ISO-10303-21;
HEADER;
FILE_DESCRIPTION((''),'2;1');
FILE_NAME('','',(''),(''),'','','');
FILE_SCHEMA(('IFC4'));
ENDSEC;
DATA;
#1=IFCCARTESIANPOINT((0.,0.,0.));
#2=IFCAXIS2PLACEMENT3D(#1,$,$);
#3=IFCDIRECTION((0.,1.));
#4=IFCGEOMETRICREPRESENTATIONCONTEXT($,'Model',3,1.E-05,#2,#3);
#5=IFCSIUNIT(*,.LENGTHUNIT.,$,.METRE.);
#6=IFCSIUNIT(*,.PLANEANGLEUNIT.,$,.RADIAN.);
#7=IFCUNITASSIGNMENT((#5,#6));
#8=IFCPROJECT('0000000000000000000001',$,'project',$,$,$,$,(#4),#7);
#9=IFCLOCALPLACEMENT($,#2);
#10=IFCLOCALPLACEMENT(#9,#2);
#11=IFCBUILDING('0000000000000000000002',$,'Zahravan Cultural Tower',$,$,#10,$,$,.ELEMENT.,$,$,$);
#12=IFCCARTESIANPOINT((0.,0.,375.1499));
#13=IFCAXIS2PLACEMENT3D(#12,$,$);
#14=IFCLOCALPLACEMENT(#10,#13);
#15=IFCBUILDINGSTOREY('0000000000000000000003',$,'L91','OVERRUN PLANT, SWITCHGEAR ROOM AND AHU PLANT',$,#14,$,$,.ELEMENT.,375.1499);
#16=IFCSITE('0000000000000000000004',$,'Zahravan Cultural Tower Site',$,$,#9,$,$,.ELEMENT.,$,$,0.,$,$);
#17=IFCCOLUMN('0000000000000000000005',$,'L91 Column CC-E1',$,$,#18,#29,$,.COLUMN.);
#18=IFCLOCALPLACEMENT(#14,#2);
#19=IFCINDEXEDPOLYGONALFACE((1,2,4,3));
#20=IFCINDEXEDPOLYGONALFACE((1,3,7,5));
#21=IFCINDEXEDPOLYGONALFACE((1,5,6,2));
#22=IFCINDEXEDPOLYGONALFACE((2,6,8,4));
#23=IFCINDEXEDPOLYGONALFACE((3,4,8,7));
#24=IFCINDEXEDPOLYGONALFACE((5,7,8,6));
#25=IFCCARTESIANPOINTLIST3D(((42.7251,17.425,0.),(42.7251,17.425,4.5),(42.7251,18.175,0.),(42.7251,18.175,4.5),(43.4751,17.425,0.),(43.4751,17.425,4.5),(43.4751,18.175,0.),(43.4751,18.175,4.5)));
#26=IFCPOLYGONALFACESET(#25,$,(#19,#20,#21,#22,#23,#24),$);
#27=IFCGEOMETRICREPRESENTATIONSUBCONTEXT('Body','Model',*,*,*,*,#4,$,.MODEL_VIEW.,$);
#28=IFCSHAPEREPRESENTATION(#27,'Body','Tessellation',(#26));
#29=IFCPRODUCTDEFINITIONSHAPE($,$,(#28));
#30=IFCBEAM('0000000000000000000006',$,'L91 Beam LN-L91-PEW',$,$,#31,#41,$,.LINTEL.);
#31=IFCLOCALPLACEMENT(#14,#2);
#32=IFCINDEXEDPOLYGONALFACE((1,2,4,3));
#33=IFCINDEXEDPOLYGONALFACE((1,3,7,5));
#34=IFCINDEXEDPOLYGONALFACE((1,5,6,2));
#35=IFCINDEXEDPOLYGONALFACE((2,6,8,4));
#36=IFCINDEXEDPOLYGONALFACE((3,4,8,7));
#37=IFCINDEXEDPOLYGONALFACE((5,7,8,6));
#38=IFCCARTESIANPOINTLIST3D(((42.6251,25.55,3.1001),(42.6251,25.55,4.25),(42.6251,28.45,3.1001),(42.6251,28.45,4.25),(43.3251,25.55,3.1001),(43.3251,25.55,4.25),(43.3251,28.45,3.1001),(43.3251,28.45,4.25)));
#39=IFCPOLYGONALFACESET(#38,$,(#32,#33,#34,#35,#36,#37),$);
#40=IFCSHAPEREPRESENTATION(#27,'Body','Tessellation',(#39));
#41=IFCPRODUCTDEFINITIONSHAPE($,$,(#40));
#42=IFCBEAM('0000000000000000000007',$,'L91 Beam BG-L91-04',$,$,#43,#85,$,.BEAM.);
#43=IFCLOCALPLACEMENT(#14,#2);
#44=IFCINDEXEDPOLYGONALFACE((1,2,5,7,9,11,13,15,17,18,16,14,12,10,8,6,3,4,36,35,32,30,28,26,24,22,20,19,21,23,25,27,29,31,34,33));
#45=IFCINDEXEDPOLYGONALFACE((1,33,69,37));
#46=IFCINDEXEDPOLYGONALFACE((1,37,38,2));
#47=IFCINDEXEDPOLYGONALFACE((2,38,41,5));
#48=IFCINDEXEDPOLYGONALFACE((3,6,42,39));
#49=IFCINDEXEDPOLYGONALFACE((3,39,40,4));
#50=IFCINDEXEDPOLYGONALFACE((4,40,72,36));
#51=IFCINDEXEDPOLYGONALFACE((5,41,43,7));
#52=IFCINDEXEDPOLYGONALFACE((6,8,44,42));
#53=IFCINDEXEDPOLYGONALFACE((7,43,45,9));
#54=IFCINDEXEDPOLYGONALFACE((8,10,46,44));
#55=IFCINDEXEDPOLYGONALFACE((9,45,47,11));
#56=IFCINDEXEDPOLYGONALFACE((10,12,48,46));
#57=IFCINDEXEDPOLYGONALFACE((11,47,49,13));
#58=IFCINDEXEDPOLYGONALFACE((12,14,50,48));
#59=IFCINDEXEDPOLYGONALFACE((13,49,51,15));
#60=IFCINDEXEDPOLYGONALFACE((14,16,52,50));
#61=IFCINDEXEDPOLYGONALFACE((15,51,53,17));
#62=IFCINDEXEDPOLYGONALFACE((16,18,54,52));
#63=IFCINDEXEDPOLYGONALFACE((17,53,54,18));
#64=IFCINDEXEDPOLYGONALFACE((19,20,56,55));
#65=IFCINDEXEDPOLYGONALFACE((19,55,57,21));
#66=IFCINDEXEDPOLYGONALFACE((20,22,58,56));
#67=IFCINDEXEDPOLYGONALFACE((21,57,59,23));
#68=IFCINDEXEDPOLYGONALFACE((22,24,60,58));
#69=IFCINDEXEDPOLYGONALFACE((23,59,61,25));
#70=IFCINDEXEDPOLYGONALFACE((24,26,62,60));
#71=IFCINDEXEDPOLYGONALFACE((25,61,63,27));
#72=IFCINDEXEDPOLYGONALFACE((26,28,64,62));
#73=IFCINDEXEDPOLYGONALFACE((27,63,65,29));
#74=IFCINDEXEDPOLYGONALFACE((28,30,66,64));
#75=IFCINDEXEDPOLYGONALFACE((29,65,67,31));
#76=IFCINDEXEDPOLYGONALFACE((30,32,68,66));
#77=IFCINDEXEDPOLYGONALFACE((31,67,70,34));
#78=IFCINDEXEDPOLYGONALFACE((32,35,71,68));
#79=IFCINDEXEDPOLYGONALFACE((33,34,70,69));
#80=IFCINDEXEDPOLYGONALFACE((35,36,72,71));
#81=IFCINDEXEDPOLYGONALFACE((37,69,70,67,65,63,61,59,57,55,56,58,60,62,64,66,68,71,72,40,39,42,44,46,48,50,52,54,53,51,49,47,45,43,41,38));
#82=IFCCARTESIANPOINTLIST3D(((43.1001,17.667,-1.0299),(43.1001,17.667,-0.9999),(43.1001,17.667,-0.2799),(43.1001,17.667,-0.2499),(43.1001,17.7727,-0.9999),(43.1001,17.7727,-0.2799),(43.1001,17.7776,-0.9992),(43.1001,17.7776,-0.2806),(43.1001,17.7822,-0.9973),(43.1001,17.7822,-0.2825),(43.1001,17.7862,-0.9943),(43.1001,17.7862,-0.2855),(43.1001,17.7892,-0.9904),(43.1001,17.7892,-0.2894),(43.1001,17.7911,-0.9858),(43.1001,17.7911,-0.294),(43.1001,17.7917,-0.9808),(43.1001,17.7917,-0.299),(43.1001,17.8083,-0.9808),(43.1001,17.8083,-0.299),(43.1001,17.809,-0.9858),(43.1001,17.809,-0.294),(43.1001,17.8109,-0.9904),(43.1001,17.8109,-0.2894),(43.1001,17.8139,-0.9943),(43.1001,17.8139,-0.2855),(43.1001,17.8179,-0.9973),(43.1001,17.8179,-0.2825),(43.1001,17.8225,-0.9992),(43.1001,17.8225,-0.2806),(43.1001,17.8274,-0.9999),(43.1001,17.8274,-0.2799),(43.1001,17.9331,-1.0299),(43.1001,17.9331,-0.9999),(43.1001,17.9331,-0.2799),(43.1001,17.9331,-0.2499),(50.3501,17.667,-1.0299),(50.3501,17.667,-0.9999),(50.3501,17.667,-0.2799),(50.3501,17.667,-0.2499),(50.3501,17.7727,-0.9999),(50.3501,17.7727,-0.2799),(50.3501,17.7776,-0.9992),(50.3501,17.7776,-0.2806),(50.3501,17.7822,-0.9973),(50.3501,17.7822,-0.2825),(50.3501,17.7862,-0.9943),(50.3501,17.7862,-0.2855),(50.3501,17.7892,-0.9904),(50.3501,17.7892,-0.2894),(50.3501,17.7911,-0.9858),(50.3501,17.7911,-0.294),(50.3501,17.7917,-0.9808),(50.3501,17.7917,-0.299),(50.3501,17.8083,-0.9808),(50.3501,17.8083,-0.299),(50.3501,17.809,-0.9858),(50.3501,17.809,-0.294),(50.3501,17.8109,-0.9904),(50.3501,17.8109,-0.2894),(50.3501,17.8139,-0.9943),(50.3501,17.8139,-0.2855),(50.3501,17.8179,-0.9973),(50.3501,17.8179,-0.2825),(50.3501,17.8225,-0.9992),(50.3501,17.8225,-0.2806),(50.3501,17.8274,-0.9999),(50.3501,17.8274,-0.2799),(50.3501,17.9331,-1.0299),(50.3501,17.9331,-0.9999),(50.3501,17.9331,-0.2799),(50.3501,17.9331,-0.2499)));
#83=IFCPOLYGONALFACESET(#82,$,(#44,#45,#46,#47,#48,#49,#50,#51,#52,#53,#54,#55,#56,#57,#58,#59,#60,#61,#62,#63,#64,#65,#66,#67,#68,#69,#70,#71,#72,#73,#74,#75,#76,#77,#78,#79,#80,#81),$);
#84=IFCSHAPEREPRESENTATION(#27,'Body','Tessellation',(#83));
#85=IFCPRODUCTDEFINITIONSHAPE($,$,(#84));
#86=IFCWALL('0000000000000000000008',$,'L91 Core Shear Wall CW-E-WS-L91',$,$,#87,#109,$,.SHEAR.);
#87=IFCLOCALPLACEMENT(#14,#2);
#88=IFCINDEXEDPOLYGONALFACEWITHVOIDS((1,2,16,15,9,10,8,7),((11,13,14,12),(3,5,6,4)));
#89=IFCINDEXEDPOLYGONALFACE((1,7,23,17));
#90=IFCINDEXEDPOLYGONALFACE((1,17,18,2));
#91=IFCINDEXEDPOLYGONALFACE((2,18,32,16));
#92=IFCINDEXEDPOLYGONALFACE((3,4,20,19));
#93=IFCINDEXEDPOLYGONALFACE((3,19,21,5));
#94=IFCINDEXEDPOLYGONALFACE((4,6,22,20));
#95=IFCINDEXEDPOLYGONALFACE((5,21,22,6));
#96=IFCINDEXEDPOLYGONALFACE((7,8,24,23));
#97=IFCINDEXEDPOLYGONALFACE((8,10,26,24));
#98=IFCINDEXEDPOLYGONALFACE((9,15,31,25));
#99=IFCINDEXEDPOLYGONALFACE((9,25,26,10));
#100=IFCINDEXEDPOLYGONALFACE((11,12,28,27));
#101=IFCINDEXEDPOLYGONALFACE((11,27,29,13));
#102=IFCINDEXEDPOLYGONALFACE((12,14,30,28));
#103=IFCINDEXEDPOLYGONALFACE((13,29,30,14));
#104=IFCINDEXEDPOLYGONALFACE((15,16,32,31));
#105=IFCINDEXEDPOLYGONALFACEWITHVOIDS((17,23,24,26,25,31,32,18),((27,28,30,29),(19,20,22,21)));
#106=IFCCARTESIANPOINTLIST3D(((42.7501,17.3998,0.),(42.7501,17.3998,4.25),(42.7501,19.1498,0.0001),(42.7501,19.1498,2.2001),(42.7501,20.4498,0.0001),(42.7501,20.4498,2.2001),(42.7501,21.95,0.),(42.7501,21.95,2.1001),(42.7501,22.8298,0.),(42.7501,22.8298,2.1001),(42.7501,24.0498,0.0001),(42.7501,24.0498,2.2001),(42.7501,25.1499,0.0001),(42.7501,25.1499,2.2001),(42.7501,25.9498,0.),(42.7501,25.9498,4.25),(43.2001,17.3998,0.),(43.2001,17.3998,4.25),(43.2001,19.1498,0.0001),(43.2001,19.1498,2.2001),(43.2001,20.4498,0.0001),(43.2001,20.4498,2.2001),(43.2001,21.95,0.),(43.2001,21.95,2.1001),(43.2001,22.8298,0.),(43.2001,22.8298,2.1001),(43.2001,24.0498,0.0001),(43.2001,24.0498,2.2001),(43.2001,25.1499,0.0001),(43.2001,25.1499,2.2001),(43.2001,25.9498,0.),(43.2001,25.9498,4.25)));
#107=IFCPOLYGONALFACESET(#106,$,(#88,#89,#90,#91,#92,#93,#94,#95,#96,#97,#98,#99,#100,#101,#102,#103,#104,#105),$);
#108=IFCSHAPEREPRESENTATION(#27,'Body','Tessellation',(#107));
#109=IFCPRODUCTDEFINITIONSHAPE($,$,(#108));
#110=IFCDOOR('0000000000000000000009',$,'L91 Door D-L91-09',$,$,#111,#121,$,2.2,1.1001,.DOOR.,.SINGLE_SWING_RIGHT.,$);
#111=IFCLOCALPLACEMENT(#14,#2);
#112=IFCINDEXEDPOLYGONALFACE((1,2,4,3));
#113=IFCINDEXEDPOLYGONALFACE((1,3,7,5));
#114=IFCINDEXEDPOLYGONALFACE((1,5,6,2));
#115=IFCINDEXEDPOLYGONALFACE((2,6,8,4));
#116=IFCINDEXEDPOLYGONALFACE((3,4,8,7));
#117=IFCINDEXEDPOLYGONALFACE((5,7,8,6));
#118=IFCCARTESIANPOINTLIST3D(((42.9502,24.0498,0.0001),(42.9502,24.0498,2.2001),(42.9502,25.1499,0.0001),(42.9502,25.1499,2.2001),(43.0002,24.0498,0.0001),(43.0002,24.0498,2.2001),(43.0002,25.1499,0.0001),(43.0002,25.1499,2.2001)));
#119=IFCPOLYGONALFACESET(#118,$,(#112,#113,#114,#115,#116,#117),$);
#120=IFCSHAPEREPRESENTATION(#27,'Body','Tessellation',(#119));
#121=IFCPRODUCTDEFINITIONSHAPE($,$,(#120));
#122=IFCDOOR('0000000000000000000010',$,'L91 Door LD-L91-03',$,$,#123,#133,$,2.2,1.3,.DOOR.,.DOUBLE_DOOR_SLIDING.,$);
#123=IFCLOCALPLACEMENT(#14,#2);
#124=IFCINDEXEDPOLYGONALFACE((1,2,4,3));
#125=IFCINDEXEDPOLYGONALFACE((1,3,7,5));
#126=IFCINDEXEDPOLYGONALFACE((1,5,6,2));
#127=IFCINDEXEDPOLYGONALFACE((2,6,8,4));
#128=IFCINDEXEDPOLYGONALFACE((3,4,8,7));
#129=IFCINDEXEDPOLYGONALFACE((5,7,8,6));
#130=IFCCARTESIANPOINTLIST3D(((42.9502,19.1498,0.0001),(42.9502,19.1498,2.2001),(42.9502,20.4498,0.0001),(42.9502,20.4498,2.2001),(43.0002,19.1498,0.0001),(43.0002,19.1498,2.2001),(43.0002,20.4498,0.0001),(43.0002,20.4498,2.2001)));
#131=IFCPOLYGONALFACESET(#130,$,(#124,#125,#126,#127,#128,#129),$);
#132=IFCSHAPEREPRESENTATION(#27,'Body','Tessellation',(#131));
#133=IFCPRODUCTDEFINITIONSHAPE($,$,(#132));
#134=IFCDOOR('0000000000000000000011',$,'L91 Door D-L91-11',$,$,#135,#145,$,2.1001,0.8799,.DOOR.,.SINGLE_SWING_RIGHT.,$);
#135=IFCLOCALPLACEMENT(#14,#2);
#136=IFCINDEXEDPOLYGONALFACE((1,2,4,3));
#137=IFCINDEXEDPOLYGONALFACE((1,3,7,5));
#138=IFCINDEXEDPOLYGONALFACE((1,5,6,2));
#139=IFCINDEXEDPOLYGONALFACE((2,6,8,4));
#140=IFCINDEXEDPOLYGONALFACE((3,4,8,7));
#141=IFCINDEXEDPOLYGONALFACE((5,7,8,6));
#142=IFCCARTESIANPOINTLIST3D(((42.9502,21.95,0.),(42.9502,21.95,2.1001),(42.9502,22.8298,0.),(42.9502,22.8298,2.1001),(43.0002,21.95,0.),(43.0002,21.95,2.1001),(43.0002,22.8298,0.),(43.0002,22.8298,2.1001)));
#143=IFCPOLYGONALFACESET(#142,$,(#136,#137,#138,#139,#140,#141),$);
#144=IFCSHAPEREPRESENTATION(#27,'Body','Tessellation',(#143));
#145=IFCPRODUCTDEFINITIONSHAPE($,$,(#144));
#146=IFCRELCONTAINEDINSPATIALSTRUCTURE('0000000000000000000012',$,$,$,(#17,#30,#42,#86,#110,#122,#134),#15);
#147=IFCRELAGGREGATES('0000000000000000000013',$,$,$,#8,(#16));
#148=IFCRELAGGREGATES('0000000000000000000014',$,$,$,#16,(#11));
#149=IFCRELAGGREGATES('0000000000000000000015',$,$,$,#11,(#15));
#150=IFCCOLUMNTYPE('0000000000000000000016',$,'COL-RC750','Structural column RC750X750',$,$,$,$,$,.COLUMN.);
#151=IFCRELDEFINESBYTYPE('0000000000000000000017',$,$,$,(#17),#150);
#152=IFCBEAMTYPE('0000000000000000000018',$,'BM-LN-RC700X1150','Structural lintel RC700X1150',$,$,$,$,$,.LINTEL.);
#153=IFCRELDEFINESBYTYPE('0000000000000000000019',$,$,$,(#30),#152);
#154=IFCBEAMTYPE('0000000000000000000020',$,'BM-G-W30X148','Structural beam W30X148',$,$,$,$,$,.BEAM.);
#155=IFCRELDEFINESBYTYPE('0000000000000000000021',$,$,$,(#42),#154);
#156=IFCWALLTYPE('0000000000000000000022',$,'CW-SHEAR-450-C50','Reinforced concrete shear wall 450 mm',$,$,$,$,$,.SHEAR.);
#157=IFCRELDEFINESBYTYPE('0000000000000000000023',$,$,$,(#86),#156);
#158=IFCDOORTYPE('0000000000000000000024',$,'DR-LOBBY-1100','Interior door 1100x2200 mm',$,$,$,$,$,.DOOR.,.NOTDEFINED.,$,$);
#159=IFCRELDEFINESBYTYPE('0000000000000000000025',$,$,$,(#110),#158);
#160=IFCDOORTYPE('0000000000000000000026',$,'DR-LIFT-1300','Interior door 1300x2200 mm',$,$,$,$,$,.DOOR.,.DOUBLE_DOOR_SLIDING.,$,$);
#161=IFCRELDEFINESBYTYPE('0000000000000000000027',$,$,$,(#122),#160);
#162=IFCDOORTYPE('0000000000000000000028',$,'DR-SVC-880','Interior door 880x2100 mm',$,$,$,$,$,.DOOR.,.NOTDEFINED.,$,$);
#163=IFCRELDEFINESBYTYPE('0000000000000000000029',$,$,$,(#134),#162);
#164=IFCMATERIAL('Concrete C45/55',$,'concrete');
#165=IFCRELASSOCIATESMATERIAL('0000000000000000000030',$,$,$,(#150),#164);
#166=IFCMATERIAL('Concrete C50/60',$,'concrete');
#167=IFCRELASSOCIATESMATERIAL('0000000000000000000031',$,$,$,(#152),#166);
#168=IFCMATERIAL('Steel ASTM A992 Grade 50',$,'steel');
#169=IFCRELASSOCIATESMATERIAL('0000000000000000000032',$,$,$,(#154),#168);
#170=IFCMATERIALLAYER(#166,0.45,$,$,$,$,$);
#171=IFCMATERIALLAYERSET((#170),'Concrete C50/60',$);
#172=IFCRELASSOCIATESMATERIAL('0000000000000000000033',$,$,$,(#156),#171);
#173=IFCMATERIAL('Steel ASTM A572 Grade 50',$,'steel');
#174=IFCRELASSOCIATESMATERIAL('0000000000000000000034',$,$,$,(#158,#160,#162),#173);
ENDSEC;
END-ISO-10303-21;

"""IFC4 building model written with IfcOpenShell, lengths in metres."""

from ifc_helpers import new_model, si_unit, direction, frame, frame_2d, origin, origin_2d, place, context, subcontext, project, spatial, rectangle, i_section, extrude, source, transform, mapped, material, layer, layer_set, material_profile, profile_set, type_object, element, fill, save


model = new_model("IFC4")

# Units and contexts
model_context = context("Model", 3, precision=1e-05, world=origin(), true_north=direction((0.0, 1.0)))
body_context = subcontext(model_context, "Body", "Model", "MODEL_VIEW")
ifc_project = project(units=[si_unit("LENGTHUNIT", "METRE"), si_unit("PLANEANGLEUNIT", "RADIAN")], contexts=[model_context])

# Site, building, storey
site_placement = place(None, origin())
site = spatial("IfcSite", under=ifc_project, at=site_placement, Name="Zahravan Cultural Tower Site", CompositionType="ELEMENT", RefElevation=0.0)
building_placement = place(site_placement, origin())
building = spatial("IfcBuilding", under=site, at=building_placement, Name="Zahravan Cultural Tower", CompositionType="ELEMENT")
storey_placement = place(building_placement, frame((0.0, 0.0, 375.1499)))
storey = spatial("IfcBuildingStorey", under=building, at=storey_placement, Name="L91", Description="OVERRUN PLANT, SWITCHGEAR ROOM AND AHU PLANT", CompositionType="ELEMENT", Elevation=375.1499)

# Column
ifc_material_1 = material(Name="Concrete C45/55", Category="concrete")
ifc_material_profile_1 = material_profile(ifc_material_1, rectangle(XDim=0.75, YDim=0.75, at=origin_2d()), Name="RC750X750")
ifc_profile_set_1 = profile_set([ifc_material_profile_1], Name="Concrete C45/55")
column_type = type_object("IfcColumnType", Name="COL-RC750", Description="Structural column RC750X750", PredefinedType="COLUMN", material=ifc_profile_set_1)
shared_shape_1 = source(origin(), body_context, "Body", "SweptSolid", [
    extrude(rectangle(XDim=0.75, YDim=0.75, at=origin_2d()), origin(), (0.0, 0.0, 1.0), 4.5),
])
column_placement = place(storey_placement, frame((43.1001, 17.8, 0.0), z_axis=(0.0, 0.0, 1.0), x_axis=(1.0, 0.0, 0.0)))
element("IfcColumn", 1, at=column_placement, inside=storey, type_object=column_type, Name="L91 Column CC-E1", PredefinedType="COLUMN", context=body_context, shape_type="MappedRepresentation", body=[
    mapped(shared_shape_1, transform((0.0, 0.0, 0.0), x_axis=(1.0, 0.0, 0.0), y_axis=(0.0, 1.0, 0.0), z_axis=(0.0, 0.0, 1.0), scale=1.0)),
])

# Beams
ifc_material_2 = material(Name="Concrete C50/60", Category="concrete")
ifc_material_profile_2 = material_profile(ifc_material_2, rectangle(XDim=0.7, YDim=1.1499, at=origin_2d()), Name="RC700X1150")
ifc_profile_set_2 = profile_set([ifc_material_profile_2], Name="Concrete C50/60")
beam_type_1 = type_object("IfcBeamType", Name="BM-LN-RC700X1150", Description="Structural lintel RC700X1150", PredefinedType="LINTEL", material=ifc_profile_set_2)
shared_shape_2 = source(origin(), body_context, "Body", "SweptSolid", [
    extrude(rectangle(XDim=0.7, YDim=1.1499, at=origin_2d()), origin(), (0.0, 0.0, 1.0), 2.8999),
])
beam_1_placement = place(storey_placement, frame((42.9751, 25.55, 3.675), z_axis=(0.0, 1.0, 0.0), x_axis=(-1.0, 0.0, 0.0)))
element("IfcBeam", 2, at=beam_1_placement, inside=storey, type_object=beam_type_1, Name="L91 Beam LN-L91-PEW", PredefinedType="LINTEL", context=body_context, shape_type="MappedRepresentation", body=[
    mapped(shared_shape_2, transform((0.0, 0.0, 0.0), x_axis=(1.0, 0.0, 0.0), y_axis=(0.0, 1.0, 0.0), z_axis=(0.0, 0.0, 1.0), scale=1.0)),
])
ifc_material_3 = material(Name="Steel ASTM A992 Grade 50", Category="steel")
ifc_material_profile_3 = material_profile(ifc_material_3, i_section(OverallWidth=0.2661, OverallDepth=0.78, WebThickness=0.0166, FlangeThickness=0.03, FilletRadius=0.019, at=origin_2d()), Name="W30X148")
ifc_profile_set_3 = profile_set([ifc_material_profile_3], Name="Steel ASTM A992 Grade 50")
beam_type_2 = type_object("IfcBeamType", Name="BM-G-W30X148", Description="Structural beam W30X148", PredefinedType="BEAM", material=ifc_profile_set_3)
shared_shape_3 = source(origin(), body_context, "Body", "SweptSolid", [
    extrude(i_section(OverallWidth=0.2661, OverallDepth=0.78, WebThickness=0.0166, FlangeThickness=0.03, FilletRadius=0.019, at=origin_2d()), origin(), (0.0, 0.0, 1.0), 7.25),
])
beam_2_placement = place(storey_placement, frame((43.1001, 17.8, -0.6399), z_axis=(1.0, 0.0, 0.0), x_axis=(0.0, 1.0, 0.0)))
element("IfcBeam", 3, at=beam_2_placement, inside=storey, type_object=beam_type_2, Name="L91 Beam BG-L91-04", PredefinedType="BEAM", context=body_context, shape_type="MappedRepresentation", body=[
    mapped(shared_shape_3, transform((0.0, 0.0, 0.0), x_axis=(1.0, 0.0, 0.0), y_axis=(0.0, 1.0, 0.0), z_axis=(0.0, 0.0, 1.0), scale=1.0)),
])

# Wall, openings, doors
ifc_layer_1 = layer(ifc_material_2, 0.45)
ifc_layer_set_1 = layer_set([ifc_layer_1], Name="Concrete C50/60")
wall_type_1 = type_object("IfcWallType", Name="CW-SHEAR-450-C50", Description="Reinforced concrete shear wall 450 mm", PredefinedType="SHEAR", material=ifc_layer_set_1)
wall_1_placement = place(storey_placement, frame((42.9751, 17.3999, 0.0), z_axis=(0.0, 0.0, 1.0), x_axis=(0.0, 1.0, 0.0)))
wall_1 = element("IfcWall", 4, at=wall_1_placement, inside=storey, type_object=wall_type_1, Name="L91 Core Shear Wall CW-E-WS-L91", PredefinedType="SHEAR", context=body_context, shape_type="SweptSolid", body=[
    extrude(rectangle(XDim=8.55, YDim=0.45, at=frame_2d((4.2749, 0.0))), origin(), (0.0, 0.0, 1.0), 4.25),
])
opening_1_placement = place(wall_1_placement, frame((6.6499, 0.0, 0.0)))
opening_1 = element("IfcOpeningElement", 5, at=opening_1_placement, cuts=wall_1, PredefinedType="OPENING", context=body_context, shape_type="SweptSolid", body=[
    extrude(rectangle(XDim=1.1001, YDim=2.2, at=frame_2d((0.55, 1.1001))), frame((0.0, 0.2349, 0.0), z_axis=(0.0, -1.0, 0.0), x_axis=(1.0, 0.0, 0.0)), (0.0, 0.0, 1.0), 0.47),
])
opening_2_placement = place(wall_1_placement, frame((1.75, 0.0, 0.0)))
opening_2 = element("IfcOpeningElement", 6, at=opening_2_placement, cuts=wall_1, PredefinedType="OPENING", context=body_context, shape_type="SweptSolid", body=[
    extrude(rectangle(XDim=1.3, YDim=2.2, at=frame_2d((0.6499, 1.1001))), frame((0.0, 0.2349, 0.0), z_axis=(0.0, -1.0, 0.0), x_axis=(1.0, 0.0, 0.0)), (0.0, 0.0, 1.0), 0.47),
])
opening_3_placement = place(wall_1_placement, frame((4.55, 0.0, 0.0)))
opening_3 = element("IfcOpeningElement", 7, at=opening_3_placement, cuts=wall_1, PredefinedType="OPENING", context=body_context, shape_type="SweptSolid", body=[
    extrude(rectangle(XDim=0.8799, YDim=2.1001, at=frame_2d((0.4399, 1.05))), frame((0.0, 0.2349, 0.0), z_axis=(0.0, -1.0, 0.0), x_axis=(1.0, 0.0, 0.0)), (0.0, 0.0, 1.0), 0.47),
])
ifc_material_4 = material(Name="Steel ASTM A572 Grade 50", Category="steel")
door_type_1 = type_object("IfcDoorType", Name="DR-LOBBY-1100", Description="Interior door 1100x2200 mm", OperationType="NOTDEFINED", PredefinedType="DOOR", material=ifc_material_4)
shared_shape_4 = source(origin(), body_context, "Body", "SweptSolid", [
    extrude(rectangle(XDim=1.1001, YDim=2.2, at=frame_2d((0.55, 1.1001))), frame((0.0, 0.0249, 0.0), z_axis=(0.0, -1.0, 0.0), x_axis=(1.0, 0.0, 0.0)), (0.0, 0.0, 1.0), 0.05),
])
door_1_placement = place(opening_1_placement, origin())
door_1 = element("IfcDoor", 8, at=door_1_placement, inside=storey, type_object=door_type_1, Name="L91 Door D-L91-09", OperationType="SINGLE_SWING_RIGHT", OverallHeight=2.2, OverallWidth=1.1001, PredefinedType="DOOR", context=body_context, shape_type="MappedRepresentation", body=[
    mapped(shared_shape_4, transform((0.0, 0.0, 0.0), x_axis=(1.0, 0.0, 0.0), y_axis=(0.0, 1.0, 0.0), z_axis=(0.0, 0.0, 1.0), scale=1.0)),
])
fill(opening_1, door_1)
door_type_2 = type_object("IfcDoorType", Name="DR-LIFT-1300", Description="Interior door 1300x2200 mm", OperationType="DOUBLE_DOOR_SLIDING", PredefinedType="DOOR", material=ifc_material_4)
shared_shape_5 = source(origin(), body_context, "Body", "SweptSolid", [
    extrude(rectangle(XDim=1.3, YDim=2.2, at=frame_2d((0.6499, 1.1001))), frame((0.0, 0.0249, 0.0), z_axis=(0.0, -1.0, 0.0), x_axis=(1.0, 0.0, 0.0)), (0.0, 0.0, 1.0), 0.05),
])
door_2_placement = place(opening_2_placement, origin())
door_2 = element("IfcDoor", 9, at=door_2_placement, inside=storey, type_object=door_type_2, Name="L91 Door LD-L91-03", OperationType="DOUBLE_DOOR_SLIDING", OverallHeight=2.2, OverallWidth=1.3, PredefinedType="DOOR", context=body_context, shape_type="MappedRepresentation", body=[
    mapped(shared_shape_5, transform((0.0, 0.0, 0.0), x_axis=(1.0, 0.0, 0.0), y_axis=(0.0, 1.0, 0.0), z_axis=(0.0, 0.0, 1.0), scale=1.0)),
])
fill(opening_2, door_2)
door_type_3 = type_object("IfcDoorType", Name="DR-SVC-880", Description="Interior door 880x2100 mm", OperationType="NOTDEFINED", PredefinedType="DOOR", material=ifc_material_4)
shared_shape_6 = source(origin(), body_context, "Body", "SweptSolid", [
    extrude(rectangle(XDim=0.8799, YDim=2.1001, at=frame_2d((0.4399, 1.05))), frame((0.0, 0.0249, 0.0), z_axis=(0.0, -1.0, 0.0), x_axis=(1.0, 0.0, 0.0)), (0.0, 0.0, 1.0), 0.05),
])
door_3_placement = place(opening_3_placement, origin())
door_3 = element("IfcDoor", 10, at=door_3_placement, inside=storey, type_object=door_type_3, Name="L91 Door D-L91-11", OperationType="SINGLE_SWING_RIGHT", OverallHeight=2.1001, OverallWidth=0.8799, PredefinedType="DOOR", context=body_context, shape_type="MappedRepresentation", body=[
    mapped(shared_shape_6, transform((0.0, 0.0, 0.0), x_axis=(1.0, 0.0, 0.0), y_axis=(0.0, 1.0, 0.0), z_axis=(0.0, 0.0, 1.0), scale=1.0)),
])
fill(opening_3, door_3)

save(model, "model.ifc")
